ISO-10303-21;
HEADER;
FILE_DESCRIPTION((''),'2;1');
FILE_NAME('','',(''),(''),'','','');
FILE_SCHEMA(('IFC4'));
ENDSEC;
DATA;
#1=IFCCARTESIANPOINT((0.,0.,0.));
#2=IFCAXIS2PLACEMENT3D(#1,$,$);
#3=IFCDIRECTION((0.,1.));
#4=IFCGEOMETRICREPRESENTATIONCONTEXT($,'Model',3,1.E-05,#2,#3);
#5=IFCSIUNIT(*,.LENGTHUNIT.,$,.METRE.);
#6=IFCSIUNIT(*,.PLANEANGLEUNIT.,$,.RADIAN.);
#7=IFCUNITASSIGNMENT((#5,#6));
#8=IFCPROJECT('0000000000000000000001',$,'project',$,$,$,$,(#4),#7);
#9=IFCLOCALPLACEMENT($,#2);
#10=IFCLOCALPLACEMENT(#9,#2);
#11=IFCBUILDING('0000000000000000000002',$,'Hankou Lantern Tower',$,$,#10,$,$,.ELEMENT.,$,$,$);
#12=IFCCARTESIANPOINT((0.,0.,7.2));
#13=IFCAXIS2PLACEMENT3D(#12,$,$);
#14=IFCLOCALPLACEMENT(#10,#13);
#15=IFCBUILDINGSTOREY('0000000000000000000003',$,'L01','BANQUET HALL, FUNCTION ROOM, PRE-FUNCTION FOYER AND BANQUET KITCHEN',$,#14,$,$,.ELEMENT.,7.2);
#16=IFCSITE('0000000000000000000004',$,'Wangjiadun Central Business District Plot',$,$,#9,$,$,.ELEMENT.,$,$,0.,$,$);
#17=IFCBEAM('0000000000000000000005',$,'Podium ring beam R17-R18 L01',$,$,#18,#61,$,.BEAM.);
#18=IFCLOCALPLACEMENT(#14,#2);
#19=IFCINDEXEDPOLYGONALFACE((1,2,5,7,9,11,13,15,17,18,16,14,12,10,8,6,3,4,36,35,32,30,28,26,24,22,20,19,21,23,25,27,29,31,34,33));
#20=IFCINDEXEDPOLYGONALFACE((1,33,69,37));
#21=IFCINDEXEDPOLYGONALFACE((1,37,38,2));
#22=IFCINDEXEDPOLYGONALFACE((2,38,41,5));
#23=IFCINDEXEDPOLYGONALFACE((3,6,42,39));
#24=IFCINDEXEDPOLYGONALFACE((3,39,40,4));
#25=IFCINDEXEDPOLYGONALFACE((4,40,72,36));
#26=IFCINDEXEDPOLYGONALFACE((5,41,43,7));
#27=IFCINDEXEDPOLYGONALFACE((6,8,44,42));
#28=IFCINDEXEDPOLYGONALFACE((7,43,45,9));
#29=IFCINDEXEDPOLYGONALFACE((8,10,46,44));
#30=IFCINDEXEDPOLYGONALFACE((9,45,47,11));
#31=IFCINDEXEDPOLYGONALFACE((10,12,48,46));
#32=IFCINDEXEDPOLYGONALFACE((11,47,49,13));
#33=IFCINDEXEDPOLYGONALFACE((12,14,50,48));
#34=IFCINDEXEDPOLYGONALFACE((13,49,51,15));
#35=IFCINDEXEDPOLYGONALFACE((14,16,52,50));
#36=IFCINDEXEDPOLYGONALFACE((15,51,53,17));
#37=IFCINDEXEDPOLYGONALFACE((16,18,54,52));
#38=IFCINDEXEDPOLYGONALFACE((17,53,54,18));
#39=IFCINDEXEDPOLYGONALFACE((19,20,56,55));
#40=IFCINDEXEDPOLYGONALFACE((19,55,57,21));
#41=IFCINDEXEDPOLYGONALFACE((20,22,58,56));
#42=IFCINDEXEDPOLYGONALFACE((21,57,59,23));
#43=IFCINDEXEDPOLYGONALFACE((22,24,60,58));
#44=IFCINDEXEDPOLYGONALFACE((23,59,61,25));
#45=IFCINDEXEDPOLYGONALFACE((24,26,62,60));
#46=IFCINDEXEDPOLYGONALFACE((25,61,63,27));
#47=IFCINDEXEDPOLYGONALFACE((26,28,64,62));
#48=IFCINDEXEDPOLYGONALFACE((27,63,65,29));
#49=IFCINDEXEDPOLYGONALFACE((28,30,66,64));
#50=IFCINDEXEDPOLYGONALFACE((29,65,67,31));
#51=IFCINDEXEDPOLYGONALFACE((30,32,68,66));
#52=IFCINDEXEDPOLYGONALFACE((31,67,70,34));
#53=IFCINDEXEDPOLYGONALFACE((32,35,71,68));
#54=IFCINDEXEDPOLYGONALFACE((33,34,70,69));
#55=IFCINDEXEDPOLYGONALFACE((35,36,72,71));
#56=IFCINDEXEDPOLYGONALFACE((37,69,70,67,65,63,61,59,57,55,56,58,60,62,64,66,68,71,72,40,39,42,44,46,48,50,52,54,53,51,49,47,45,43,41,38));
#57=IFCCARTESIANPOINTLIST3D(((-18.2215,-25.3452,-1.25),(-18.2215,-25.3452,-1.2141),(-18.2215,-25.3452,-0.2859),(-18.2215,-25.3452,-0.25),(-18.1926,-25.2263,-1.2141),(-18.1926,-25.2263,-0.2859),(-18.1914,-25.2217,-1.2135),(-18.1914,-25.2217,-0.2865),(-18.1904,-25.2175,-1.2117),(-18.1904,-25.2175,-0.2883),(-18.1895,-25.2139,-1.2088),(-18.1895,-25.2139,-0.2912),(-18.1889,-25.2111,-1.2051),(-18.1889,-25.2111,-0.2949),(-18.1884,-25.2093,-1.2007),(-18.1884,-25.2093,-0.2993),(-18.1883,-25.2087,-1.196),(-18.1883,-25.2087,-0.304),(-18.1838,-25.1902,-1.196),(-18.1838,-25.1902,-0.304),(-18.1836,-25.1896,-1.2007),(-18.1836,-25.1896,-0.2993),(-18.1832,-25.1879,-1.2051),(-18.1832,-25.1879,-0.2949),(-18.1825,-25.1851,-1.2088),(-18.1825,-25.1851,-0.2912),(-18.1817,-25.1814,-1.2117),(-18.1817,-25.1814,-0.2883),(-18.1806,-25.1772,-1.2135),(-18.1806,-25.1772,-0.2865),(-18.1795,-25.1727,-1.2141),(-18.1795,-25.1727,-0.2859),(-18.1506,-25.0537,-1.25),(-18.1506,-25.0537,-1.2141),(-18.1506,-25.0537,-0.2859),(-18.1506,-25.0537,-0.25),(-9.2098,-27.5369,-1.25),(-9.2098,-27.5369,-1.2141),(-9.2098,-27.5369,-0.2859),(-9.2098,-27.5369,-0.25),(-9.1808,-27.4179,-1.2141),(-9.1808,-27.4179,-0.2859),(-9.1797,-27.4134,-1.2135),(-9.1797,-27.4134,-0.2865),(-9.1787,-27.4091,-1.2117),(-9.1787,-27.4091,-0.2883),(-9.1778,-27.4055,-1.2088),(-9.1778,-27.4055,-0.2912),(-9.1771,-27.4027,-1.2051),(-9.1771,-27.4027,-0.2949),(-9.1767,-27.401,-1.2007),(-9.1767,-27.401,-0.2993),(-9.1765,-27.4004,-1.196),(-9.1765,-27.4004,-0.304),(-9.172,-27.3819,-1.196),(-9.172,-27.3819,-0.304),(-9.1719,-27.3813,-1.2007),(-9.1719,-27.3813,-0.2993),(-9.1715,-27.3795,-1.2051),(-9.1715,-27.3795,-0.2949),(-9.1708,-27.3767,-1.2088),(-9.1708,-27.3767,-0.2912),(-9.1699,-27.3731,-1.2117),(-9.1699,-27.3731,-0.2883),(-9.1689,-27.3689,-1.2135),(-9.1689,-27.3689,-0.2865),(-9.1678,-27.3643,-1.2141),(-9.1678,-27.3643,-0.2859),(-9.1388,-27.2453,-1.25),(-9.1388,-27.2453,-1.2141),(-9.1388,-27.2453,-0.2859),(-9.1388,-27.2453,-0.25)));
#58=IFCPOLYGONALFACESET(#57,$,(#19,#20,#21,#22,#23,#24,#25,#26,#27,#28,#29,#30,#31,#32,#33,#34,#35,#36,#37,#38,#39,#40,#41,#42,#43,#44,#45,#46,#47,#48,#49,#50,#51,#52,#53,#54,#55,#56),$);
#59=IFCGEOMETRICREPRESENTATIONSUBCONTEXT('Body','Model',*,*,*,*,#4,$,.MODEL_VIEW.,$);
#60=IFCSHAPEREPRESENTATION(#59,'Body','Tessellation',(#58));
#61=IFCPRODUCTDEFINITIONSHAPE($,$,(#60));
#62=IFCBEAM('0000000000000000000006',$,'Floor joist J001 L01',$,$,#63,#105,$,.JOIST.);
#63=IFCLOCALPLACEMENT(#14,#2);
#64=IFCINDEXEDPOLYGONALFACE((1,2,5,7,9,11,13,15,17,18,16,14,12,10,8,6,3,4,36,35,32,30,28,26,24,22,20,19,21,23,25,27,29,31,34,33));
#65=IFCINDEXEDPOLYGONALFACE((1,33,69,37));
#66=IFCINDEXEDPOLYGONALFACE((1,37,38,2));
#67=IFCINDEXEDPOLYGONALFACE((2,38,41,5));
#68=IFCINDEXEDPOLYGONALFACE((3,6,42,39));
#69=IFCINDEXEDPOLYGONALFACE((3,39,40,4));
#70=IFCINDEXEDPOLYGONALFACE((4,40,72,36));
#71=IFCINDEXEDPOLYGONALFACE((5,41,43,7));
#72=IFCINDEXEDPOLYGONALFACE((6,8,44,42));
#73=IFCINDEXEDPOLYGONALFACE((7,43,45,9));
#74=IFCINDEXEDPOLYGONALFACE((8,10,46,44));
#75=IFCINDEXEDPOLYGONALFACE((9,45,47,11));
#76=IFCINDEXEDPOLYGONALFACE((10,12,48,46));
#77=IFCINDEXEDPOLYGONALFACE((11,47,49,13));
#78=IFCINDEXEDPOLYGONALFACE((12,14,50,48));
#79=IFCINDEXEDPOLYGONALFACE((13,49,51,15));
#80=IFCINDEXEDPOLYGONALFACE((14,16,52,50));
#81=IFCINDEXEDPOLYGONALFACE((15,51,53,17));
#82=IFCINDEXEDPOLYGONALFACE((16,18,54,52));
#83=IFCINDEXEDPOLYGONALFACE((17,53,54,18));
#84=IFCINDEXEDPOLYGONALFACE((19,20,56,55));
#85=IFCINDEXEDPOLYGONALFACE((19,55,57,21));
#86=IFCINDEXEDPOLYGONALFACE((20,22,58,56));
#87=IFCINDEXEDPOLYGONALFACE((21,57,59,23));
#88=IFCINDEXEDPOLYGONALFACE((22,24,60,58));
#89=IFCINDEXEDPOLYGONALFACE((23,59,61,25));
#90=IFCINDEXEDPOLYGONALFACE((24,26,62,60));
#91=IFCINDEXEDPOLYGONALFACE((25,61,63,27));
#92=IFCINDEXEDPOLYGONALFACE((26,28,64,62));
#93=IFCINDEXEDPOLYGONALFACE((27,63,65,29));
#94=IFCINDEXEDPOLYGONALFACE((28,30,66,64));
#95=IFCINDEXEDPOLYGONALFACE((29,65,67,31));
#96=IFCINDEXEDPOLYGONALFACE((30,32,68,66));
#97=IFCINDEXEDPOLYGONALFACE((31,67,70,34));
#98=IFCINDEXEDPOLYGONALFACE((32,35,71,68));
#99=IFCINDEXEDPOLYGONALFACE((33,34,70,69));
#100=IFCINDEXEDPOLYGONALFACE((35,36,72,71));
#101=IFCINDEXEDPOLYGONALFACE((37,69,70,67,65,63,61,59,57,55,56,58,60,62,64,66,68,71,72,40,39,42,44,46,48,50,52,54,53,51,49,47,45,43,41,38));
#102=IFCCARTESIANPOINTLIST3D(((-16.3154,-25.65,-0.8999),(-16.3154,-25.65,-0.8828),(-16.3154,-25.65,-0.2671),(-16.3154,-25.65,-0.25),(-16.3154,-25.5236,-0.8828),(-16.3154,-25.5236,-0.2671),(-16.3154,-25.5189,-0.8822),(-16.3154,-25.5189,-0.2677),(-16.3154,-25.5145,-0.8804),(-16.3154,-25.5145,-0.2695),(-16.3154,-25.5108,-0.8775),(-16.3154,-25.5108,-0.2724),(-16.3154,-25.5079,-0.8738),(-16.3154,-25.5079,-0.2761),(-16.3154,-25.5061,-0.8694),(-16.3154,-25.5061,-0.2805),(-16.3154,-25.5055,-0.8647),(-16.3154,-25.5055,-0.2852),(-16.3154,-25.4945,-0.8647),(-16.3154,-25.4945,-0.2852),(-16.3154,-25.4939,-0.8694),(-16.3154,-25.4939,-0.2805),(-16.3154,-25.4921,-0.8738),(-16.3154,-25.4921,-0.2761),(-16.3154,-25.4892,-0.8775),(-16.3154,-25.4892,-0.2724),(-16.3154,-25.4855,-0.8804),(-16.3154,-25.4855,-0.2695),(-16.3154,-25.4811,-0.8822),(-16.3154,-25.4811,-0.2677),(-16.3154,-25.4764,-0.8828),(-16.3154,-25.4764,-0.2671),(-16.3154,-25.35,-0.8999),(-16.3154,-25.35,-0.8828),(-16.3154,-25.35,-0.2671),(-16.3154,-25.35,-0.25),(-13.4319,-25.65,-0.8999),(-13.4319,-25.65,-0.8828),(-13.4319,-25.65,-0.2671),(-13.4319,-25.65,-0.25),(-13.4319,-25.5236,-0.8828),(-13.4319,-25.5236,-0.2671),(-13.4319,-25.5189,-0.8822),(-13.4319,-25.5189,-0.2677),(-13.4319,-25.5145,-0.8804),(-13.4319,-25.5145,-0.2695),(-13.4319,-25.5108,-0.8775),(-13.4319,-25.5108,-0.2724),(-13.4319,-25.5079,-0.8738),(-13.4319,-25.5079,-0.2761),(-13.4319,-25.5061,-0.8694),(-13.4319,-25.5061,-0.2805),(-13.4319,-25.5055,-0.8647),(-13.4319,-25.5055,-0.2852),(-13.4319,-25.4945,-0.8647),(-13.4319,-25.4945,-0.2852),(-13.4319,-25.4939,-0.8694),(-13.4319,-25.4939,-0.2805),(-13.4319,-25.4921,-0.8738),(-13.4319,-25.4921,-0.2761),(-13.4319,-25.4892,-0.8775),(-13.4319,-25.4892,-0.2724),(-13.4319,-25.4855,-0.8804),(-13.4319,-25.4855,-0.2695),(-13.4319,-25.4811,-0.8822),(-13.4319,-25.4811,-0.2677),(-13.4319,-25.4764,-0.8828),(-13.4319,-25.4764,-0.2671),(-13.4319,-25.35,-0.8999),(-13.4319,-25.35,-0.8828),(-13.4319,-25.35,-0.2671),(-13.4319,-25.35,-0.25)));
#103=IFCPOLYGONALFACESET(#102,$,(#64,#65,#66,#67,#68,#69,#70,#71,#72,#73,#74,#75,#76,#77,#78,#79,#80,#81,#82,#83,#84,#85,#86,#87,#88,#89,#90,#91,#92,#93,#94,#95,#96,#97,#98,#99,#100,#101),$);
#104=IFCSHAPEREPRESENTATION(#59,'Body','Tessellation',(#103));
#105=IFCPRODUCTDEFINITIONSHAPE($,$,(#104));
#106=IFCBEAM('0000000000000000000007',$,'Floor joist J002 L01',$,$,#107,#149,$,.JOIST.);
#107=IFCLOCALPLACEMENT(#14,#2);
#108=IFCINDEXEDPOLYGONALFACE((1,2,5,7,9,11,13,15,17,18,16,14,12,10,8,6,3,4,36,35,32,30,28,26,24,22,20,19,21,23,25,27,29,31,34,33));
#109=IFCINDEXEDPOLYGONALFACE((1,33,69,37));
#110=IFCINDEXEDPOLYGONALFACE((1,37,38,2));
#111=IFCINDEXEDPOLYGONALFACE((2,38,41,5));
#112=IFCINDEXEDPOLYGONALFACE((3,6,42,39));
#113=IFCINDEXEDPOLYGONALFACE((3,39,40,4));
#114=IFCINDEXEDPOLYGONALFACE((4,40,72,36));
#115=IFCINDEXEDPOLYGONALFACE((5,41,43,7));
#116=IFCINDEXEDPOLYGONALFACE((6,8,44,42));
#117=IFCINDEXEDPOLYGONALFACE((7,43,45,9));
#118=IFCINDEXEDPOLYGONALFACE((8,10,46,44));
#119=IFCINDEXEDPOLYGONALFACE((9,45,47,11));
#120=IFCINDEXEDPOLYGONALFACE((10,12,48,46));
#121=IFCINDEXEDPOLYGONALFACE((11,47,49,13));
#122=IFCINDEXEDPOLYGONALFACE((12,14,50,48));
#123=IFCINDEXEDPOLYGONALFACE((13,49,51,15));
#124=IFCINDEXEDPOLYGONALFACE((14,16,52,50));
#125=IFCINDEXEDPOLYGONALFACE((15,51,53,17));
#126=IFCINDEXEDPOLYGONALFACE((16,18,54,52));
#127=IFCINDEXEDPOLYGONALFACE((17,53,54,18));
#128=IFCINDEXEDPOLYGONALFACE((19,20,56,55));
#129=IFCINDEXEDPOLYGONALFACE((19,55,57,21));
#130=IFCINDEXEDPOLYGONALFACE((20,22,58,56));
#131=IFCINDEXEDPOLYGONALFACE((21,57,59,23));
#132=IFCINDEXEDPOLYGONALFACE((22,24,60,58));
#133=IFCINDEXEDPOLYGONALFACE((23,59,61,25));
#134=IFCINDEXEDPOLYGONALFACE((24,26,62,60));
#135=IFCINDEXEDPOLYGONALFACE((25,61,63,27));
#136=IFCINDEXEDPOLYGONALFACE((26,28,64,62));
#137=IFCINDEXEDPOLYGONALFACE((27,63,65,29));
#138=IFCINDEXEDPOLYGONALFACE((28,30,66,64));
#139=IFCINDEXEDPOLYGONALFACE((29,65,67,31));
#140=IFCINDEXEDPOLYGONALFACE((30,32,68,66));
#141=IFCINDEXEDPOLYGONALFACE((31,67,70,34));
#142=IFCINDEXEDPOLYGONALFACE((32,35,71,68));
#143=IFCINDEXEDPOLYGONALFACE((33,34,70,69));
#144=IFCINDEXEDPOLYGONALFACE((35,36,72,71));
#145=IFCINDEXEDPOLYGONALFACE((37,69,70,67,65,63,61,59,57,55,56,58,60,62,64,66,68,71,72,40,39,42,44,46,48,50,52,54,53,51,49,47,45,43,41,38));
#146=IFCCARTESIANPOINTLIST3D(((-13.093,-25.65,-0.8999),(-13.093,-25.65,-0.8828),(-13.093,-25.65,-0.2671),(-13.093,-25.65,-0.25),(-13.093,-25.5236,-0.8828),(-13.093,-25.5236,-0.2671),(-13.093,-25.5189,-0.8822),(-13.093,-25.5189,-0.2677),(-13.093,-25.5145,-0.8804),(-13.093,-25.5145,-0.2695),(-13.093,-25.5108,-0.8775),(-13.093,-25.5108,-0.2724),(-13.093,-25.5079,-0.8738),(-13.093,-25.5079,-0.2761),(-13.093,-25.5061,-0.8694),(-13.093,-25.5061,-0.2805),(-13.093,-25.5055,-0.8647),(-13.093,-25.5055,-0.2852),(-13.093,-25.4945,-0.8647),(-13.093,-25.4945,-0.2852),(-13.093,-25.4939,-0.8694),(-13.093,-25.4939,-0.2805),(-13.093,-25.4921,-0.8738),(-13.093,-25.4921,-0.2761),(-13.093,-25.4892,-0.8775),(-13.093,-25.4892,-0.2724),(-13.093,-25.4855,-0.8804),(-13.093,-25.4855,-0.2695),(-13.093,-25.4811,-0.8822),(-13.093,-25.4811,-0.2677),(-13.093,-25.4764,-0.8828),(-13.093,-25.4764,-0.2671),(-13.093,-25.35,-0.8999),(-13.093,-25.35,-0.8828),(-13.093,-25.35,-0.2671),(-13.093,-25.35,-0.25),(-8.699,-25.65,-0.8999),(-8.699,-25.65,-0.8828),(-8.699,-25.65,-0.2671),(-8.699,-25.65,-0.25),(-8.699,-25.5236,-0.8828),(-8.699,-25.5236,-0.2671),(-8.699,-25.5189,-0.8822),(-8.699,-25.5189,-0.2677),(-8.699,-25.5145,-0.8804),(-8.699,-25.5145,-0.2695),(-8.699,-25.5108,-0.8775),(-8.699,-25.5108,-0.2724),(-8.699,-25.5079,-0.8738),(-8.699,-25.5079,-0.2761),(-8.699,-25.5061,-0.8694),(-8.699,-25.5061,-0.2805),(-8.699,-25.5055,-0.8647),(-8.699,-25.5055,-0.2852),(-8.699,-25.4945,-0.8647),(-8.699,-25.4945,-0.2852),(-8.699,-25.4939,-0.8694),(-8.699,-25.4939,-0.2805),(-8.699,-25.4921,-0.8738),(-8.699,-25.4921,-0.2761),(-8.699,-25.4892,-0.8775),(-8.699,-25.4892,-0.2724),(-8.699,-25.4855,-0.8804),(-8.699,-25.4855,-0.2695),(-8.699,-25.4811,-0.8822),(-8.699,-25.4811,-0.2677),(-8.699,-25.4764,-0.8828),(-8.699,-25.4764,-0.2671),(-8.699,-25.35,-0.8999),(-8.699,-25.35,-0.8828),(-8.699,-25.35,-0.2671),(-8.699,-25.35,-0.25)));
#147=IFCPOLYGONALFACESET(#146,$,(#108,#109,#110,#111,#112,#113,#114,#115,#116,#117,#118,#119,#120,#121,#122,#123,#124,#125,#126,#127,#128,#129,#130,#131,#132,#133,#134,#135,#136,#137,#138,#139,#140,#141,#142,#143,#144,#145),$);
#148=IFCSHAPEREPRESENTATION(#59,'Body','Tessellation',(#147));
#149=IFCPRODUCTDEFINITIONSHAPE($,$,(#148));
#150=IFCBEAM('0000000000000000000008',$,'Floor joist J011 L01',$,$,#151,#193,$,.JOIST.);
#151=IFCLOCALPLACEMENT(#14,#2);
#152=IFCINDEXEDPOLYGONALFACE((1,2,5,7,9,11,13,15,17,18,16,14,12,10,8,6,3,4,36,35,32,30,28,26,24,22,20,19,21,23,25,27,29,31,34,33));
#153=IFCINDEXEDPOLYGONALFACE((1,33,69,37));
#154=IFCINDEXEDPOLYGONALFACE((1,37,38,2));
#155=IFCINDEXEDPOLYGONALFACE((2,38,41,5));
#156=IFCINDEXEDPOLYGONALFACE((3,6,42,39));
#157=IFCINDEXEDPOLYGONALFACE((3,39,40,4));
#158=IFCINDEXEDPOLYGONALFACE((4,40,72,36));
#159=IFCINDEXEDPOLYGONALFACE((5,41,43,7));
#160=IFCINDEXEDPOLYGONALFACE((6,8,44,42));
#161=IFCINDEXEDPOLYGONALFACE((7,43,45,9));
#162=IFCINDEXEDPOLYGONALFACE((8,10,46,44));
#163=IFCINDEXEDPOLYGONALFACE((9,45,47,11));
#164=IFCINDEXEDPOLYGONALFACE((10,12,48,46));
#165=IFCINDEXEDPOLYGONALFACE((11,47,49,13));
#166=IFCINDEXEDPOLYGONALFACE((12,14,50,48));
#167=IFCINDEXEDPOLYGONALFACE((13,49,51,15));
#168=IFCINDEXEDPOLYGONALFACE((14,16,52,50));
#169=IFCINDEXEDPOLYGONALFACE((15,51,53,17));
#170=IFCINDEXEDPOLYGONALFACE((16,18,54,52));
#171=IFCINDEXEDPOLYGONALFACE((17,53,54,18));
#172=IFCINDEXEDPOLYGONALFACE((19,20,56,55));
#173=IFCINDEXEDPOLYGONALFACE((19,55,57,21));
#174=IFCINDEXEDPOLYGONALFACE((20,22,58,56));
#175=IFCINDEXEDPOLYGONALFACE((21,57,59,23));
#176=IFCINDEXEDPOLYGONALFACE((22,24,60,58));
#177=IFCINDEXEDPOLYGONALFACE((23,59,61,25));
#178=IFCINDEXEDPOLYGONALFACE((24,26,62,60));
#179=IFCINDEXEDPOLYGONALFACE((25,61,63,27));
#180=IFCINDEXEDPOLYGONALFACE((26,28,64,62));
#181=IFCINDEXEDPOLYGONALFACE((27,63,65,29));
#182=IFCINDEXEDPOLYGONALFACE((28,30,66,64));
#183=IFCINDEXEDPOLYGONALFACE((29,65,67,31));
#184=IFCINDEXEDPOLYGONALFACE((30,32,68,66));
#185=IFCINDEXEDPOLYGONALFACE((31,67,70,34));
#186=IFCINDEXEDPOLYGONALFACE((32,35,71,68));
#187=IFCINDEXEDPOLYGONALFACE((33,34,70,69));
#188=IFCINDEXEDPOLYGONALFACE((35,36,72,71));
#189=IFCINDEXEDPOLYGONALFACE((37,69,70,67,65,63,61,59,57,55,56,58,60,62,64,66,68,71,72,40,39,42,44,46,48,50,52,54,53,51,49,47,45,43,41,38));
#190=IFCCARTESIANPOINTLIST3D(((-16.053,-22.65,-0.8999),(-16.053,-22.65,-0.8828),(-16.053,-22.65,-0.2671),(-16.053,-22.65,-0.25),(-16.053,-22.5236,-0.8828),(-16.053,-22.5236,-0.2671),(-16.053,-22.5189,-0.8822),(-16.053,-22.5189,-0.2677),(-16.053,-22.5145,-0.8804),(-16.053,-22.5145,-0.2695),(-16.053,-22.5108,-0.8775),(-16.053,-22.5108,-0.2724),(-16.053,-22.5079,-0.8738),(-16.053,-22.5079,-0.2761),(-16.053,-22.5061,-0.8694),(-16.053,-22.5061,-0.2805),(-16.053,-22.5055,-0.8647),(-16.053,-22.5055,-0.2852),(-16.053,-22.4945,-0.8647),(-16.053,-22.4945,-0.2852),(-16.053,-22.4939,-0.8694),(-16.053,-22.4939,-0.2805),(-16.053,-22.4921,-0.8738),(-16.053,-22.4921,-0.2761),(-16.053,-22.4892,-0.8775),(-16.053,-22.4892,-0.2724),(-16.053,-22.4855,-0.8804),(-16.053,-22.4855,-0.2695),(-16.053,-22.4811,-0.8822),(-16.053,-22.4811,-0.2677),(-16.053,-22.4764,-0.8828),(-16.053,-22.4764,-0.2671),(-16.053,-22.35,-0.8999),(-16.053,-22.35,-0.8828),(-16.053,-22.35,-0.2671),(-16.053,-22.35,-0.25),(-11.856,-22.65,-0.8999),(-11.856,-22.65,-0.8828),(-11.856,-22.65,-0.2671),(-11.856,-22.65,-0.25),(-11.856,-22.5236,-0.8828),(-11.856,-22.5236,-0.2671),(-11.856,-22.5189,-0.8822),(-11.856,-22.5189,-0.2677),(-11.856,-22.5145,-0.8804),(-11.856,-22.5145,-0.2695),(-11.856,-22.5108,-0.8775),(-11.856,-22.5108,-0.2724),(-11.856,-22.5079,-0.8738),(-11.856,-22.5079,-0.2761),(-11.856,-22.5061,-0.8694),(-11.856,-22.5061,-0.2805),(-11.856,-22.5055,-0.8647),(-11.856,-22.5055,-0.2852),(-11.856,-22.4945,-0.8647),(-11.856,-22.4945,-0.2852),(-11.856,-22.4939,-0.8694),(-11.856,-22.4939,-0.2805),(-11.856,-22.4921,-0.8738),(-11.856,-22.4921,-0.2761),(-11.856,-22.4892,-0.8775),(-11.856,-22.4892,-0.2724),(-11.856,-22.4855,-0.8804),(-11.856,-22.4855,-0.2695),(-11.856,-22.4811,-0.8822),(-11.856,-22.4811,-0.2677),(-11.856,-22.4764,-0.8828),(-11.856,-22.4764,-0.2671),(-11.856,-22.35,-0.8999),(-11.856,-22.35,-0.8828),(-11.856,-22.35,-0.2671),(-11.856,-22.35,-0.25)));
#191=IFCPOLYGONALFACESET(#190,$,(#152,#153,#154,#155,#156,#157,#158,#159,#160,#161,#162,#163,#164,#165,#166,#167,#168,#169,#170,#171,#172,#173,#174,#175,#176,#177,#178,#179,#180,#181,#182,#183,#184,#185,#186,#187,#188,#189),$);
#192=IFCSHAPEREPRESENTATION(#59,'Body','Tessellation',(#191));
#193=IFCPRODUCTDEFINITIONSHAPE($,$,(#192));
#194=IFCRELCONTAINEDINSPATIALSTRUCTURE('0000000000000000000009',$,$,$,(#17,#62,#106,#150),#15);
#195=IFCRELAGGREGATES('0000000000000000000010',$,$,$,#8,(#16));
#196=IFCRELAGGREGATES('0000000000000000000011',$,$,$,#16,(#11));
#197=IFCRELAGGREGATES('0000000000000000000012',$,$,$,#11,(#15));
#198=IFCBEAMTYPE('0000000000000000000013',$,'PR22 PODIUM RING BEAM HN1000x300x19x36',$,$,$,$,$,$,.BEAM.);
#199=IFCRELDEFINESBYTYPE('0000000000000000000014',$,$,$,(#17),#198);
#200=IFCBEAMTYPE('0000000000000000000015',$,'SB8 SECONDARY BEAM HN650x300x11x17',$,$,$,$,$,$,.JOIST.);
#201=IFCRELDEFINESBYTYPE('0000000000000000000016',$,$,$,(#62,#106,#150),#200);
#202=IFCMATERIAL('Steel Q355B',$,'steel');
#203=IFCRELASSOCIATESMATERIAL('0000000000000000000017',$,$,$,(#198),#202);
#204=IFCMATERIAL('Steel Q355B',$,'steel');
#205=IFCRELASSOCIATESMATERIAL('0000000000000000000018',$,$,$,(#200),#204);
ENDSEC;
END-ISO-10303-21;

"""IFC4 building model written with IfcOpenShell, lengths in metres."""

from ifc_helpers import new_model, si_unit, direction, frame, origin, origin_2d, place, context, subcontext, project, spatial, i_section, extrude, material, material_profile, profile_set, type_object, element, save


model = new_model("IFC4")

# Units and contexts
model_context = context("Model", 3, precision=1e-05, world=origin(), true_north=direction((0.0, 1.0)))
body_context = subcontext(model_context, "Body", "Model", "MODEL_VIEW")
ifc_project = project(units=[si_unit("LENGTHUNIT", "METRE"), si_unit("PLANEANGLEUNIT", "RADIAN")], contexts=[model_context])

# Site, building, storey
site_placement = place(None, origin())
site = spatial("IfcSite", under=ifc_project, at=site_placement, Name="Wangjiadun Central Business District Plot", CompositionType="ELEMENT", RefElevation=0.0)
building_placement = place(site_placement, origin())
building = spatial("IfcBuilding", under=site, at=building_placement, Name="Hankou Lantern Tower", CompositionType="ELEMENT")
storey_placement = place(building_placement, frame((0.0, 0.0, 7.2)))
storey = spatial("IfcBuildingStorey", under=building, at=storey_placement, Name="L01", Description="BANQUET HALL, FUNCTION ROOM, PRE-FUNCTION FOYER AND BANQUET KITCHEN", CompositionType="ELEMENT", Elevation=7.2)

# Beams
ifc_material_1 = material(Name="Steel Q355B", Category="steel")
ifc_material_profile_1 = material_profile(ifc_material_1, i_section(OverallWidth=0.3, OverallDepth=1.0, WebThickness=0.019, FlangeThickness=0.0359, FilletRadius=0.0181, at=origin_2d()), Name="HN1000x300x19x36")
ifc_profile_set_1 = profile_set([ifc_material_profile_1], Name="Steel Q355B")
beam_type_1 = type_object("IfcBeamType", Name="PR22 PODIUM RING BEAM HN1000x300x19x36", PredefinedType="BEAM", material=ifc_profile_set_1)
beam_1_placement = place(storey_placement, frame((-18.186, -25.1995, -0.75), z_axis=(0.971677, -0.236312, 0.0), x_axis=(0.236312, 0.971677, 0.0)))
element("IfcBeam", 1, at=beam_1_placement, inside=storey, type_object=beam_type_1, Name="Podium ring beam R17-R18 L01", PredefinedType="BEAM", context=body_context, shape_type="SweptSolid", body=[
    extrude(i_section(OverallWidth=0.3, OverallDepth=1.0, WebThickness=0.019, FlangeThickness=0.0359, FilletRadius=0.0181, at=origin_2d()), origin(), (0.0, 0.0, 1.0), 9.2744),
])
ifc_material_2 = material(Name="Steel Q355B", Category="steel")
ifc_material_profile_2 = material_profile(ifc_material_2, i_section(OverallWidth=0.3, OverallDepth=0.6499, WebThickness=0.011, FlangeThickness=0.0171, FilletRadius=0.0181, at=origin_2d()), Name="HN650x300x11x17")
ifc_profile_set_2 = profile_set([ifc_material_profile_2], Name="Steel Q355B")
beam_type_2 = type_object("IfcBeamType", Name="SB8 SECONDARY BEAM HN650x300x11x17", PredefinedType="JOIST", material=ifc_profile_set_2)
beam_2_placement = place(storey_placement, frame((-16.3154, -25.5, -0.575), z_axis=(1.0, 0.0, 0.0), x_axis=(0.0, 1.0, 0.0)))
element("IfcBeam", 2, at=beam_2_placement, inside=storey, type_object=beam_type_2, Name="Floor joist J001 L01", PredefinedType="JOIST", context=body_context, shape_type="SweptSolid", body=[
    extrude(i_section(OverallWidth=0.3, OverallDepth=0.6499, WebThickness=0.011, FlangeThickness=0.0171, FilletRadius=0.0181, at=origin_2d()), origin(), (0.0, 0.0, 1.0), 2.8835),
])
beam_3_placement = place(storey_placement, frame((-13.093, -25.5, -0.575), z_axis=(1.0, 0.0, 0.0), x_axis=(0.0, 1.0, 0.0)))
element("IfcBeam", 3, at=beam_3_placement, inside=storey, type_object=beam_type_2, Name="Floor joist J002 L01", PredefinedType="JOIST", context=body_context, shape_type="SweptSolid", body=[
    extrude(i_section(OverallWidth=0.3, OverallDepth=0.6499, WebThickness=0.011, FlangeThickness=0.0171, FilletRadius=0.0181, at=origin_2d()), origin(), (0.0, 0.0, 1.0), 4.394),
])
beam_4_placement = place(storey_placement, frame((-16.053, -22.5, -0.575), z_axis=(1.0, 0.0, 0.0), x_axis=(0.0, 1.0, 0.0)))
element("IfcBeam", 4, at=beam_4_placement, inside=storey, type_object=beam_type_2, Name="Floor joist J011 L01", PredefinedType="JOIST", context=body_context, shape_type="SweptSolid", body=[
    extrude(i_section(OverallWidth=0.3, OverallDepth=0.6499, WebThickness=0.011, FlangeThickness=0.0171, FilletRadius=0.0181, at=origin_2d()), origin(), (0.0, 0.0, 1.0), 4.197),
])

save(model, "model.ifc")
